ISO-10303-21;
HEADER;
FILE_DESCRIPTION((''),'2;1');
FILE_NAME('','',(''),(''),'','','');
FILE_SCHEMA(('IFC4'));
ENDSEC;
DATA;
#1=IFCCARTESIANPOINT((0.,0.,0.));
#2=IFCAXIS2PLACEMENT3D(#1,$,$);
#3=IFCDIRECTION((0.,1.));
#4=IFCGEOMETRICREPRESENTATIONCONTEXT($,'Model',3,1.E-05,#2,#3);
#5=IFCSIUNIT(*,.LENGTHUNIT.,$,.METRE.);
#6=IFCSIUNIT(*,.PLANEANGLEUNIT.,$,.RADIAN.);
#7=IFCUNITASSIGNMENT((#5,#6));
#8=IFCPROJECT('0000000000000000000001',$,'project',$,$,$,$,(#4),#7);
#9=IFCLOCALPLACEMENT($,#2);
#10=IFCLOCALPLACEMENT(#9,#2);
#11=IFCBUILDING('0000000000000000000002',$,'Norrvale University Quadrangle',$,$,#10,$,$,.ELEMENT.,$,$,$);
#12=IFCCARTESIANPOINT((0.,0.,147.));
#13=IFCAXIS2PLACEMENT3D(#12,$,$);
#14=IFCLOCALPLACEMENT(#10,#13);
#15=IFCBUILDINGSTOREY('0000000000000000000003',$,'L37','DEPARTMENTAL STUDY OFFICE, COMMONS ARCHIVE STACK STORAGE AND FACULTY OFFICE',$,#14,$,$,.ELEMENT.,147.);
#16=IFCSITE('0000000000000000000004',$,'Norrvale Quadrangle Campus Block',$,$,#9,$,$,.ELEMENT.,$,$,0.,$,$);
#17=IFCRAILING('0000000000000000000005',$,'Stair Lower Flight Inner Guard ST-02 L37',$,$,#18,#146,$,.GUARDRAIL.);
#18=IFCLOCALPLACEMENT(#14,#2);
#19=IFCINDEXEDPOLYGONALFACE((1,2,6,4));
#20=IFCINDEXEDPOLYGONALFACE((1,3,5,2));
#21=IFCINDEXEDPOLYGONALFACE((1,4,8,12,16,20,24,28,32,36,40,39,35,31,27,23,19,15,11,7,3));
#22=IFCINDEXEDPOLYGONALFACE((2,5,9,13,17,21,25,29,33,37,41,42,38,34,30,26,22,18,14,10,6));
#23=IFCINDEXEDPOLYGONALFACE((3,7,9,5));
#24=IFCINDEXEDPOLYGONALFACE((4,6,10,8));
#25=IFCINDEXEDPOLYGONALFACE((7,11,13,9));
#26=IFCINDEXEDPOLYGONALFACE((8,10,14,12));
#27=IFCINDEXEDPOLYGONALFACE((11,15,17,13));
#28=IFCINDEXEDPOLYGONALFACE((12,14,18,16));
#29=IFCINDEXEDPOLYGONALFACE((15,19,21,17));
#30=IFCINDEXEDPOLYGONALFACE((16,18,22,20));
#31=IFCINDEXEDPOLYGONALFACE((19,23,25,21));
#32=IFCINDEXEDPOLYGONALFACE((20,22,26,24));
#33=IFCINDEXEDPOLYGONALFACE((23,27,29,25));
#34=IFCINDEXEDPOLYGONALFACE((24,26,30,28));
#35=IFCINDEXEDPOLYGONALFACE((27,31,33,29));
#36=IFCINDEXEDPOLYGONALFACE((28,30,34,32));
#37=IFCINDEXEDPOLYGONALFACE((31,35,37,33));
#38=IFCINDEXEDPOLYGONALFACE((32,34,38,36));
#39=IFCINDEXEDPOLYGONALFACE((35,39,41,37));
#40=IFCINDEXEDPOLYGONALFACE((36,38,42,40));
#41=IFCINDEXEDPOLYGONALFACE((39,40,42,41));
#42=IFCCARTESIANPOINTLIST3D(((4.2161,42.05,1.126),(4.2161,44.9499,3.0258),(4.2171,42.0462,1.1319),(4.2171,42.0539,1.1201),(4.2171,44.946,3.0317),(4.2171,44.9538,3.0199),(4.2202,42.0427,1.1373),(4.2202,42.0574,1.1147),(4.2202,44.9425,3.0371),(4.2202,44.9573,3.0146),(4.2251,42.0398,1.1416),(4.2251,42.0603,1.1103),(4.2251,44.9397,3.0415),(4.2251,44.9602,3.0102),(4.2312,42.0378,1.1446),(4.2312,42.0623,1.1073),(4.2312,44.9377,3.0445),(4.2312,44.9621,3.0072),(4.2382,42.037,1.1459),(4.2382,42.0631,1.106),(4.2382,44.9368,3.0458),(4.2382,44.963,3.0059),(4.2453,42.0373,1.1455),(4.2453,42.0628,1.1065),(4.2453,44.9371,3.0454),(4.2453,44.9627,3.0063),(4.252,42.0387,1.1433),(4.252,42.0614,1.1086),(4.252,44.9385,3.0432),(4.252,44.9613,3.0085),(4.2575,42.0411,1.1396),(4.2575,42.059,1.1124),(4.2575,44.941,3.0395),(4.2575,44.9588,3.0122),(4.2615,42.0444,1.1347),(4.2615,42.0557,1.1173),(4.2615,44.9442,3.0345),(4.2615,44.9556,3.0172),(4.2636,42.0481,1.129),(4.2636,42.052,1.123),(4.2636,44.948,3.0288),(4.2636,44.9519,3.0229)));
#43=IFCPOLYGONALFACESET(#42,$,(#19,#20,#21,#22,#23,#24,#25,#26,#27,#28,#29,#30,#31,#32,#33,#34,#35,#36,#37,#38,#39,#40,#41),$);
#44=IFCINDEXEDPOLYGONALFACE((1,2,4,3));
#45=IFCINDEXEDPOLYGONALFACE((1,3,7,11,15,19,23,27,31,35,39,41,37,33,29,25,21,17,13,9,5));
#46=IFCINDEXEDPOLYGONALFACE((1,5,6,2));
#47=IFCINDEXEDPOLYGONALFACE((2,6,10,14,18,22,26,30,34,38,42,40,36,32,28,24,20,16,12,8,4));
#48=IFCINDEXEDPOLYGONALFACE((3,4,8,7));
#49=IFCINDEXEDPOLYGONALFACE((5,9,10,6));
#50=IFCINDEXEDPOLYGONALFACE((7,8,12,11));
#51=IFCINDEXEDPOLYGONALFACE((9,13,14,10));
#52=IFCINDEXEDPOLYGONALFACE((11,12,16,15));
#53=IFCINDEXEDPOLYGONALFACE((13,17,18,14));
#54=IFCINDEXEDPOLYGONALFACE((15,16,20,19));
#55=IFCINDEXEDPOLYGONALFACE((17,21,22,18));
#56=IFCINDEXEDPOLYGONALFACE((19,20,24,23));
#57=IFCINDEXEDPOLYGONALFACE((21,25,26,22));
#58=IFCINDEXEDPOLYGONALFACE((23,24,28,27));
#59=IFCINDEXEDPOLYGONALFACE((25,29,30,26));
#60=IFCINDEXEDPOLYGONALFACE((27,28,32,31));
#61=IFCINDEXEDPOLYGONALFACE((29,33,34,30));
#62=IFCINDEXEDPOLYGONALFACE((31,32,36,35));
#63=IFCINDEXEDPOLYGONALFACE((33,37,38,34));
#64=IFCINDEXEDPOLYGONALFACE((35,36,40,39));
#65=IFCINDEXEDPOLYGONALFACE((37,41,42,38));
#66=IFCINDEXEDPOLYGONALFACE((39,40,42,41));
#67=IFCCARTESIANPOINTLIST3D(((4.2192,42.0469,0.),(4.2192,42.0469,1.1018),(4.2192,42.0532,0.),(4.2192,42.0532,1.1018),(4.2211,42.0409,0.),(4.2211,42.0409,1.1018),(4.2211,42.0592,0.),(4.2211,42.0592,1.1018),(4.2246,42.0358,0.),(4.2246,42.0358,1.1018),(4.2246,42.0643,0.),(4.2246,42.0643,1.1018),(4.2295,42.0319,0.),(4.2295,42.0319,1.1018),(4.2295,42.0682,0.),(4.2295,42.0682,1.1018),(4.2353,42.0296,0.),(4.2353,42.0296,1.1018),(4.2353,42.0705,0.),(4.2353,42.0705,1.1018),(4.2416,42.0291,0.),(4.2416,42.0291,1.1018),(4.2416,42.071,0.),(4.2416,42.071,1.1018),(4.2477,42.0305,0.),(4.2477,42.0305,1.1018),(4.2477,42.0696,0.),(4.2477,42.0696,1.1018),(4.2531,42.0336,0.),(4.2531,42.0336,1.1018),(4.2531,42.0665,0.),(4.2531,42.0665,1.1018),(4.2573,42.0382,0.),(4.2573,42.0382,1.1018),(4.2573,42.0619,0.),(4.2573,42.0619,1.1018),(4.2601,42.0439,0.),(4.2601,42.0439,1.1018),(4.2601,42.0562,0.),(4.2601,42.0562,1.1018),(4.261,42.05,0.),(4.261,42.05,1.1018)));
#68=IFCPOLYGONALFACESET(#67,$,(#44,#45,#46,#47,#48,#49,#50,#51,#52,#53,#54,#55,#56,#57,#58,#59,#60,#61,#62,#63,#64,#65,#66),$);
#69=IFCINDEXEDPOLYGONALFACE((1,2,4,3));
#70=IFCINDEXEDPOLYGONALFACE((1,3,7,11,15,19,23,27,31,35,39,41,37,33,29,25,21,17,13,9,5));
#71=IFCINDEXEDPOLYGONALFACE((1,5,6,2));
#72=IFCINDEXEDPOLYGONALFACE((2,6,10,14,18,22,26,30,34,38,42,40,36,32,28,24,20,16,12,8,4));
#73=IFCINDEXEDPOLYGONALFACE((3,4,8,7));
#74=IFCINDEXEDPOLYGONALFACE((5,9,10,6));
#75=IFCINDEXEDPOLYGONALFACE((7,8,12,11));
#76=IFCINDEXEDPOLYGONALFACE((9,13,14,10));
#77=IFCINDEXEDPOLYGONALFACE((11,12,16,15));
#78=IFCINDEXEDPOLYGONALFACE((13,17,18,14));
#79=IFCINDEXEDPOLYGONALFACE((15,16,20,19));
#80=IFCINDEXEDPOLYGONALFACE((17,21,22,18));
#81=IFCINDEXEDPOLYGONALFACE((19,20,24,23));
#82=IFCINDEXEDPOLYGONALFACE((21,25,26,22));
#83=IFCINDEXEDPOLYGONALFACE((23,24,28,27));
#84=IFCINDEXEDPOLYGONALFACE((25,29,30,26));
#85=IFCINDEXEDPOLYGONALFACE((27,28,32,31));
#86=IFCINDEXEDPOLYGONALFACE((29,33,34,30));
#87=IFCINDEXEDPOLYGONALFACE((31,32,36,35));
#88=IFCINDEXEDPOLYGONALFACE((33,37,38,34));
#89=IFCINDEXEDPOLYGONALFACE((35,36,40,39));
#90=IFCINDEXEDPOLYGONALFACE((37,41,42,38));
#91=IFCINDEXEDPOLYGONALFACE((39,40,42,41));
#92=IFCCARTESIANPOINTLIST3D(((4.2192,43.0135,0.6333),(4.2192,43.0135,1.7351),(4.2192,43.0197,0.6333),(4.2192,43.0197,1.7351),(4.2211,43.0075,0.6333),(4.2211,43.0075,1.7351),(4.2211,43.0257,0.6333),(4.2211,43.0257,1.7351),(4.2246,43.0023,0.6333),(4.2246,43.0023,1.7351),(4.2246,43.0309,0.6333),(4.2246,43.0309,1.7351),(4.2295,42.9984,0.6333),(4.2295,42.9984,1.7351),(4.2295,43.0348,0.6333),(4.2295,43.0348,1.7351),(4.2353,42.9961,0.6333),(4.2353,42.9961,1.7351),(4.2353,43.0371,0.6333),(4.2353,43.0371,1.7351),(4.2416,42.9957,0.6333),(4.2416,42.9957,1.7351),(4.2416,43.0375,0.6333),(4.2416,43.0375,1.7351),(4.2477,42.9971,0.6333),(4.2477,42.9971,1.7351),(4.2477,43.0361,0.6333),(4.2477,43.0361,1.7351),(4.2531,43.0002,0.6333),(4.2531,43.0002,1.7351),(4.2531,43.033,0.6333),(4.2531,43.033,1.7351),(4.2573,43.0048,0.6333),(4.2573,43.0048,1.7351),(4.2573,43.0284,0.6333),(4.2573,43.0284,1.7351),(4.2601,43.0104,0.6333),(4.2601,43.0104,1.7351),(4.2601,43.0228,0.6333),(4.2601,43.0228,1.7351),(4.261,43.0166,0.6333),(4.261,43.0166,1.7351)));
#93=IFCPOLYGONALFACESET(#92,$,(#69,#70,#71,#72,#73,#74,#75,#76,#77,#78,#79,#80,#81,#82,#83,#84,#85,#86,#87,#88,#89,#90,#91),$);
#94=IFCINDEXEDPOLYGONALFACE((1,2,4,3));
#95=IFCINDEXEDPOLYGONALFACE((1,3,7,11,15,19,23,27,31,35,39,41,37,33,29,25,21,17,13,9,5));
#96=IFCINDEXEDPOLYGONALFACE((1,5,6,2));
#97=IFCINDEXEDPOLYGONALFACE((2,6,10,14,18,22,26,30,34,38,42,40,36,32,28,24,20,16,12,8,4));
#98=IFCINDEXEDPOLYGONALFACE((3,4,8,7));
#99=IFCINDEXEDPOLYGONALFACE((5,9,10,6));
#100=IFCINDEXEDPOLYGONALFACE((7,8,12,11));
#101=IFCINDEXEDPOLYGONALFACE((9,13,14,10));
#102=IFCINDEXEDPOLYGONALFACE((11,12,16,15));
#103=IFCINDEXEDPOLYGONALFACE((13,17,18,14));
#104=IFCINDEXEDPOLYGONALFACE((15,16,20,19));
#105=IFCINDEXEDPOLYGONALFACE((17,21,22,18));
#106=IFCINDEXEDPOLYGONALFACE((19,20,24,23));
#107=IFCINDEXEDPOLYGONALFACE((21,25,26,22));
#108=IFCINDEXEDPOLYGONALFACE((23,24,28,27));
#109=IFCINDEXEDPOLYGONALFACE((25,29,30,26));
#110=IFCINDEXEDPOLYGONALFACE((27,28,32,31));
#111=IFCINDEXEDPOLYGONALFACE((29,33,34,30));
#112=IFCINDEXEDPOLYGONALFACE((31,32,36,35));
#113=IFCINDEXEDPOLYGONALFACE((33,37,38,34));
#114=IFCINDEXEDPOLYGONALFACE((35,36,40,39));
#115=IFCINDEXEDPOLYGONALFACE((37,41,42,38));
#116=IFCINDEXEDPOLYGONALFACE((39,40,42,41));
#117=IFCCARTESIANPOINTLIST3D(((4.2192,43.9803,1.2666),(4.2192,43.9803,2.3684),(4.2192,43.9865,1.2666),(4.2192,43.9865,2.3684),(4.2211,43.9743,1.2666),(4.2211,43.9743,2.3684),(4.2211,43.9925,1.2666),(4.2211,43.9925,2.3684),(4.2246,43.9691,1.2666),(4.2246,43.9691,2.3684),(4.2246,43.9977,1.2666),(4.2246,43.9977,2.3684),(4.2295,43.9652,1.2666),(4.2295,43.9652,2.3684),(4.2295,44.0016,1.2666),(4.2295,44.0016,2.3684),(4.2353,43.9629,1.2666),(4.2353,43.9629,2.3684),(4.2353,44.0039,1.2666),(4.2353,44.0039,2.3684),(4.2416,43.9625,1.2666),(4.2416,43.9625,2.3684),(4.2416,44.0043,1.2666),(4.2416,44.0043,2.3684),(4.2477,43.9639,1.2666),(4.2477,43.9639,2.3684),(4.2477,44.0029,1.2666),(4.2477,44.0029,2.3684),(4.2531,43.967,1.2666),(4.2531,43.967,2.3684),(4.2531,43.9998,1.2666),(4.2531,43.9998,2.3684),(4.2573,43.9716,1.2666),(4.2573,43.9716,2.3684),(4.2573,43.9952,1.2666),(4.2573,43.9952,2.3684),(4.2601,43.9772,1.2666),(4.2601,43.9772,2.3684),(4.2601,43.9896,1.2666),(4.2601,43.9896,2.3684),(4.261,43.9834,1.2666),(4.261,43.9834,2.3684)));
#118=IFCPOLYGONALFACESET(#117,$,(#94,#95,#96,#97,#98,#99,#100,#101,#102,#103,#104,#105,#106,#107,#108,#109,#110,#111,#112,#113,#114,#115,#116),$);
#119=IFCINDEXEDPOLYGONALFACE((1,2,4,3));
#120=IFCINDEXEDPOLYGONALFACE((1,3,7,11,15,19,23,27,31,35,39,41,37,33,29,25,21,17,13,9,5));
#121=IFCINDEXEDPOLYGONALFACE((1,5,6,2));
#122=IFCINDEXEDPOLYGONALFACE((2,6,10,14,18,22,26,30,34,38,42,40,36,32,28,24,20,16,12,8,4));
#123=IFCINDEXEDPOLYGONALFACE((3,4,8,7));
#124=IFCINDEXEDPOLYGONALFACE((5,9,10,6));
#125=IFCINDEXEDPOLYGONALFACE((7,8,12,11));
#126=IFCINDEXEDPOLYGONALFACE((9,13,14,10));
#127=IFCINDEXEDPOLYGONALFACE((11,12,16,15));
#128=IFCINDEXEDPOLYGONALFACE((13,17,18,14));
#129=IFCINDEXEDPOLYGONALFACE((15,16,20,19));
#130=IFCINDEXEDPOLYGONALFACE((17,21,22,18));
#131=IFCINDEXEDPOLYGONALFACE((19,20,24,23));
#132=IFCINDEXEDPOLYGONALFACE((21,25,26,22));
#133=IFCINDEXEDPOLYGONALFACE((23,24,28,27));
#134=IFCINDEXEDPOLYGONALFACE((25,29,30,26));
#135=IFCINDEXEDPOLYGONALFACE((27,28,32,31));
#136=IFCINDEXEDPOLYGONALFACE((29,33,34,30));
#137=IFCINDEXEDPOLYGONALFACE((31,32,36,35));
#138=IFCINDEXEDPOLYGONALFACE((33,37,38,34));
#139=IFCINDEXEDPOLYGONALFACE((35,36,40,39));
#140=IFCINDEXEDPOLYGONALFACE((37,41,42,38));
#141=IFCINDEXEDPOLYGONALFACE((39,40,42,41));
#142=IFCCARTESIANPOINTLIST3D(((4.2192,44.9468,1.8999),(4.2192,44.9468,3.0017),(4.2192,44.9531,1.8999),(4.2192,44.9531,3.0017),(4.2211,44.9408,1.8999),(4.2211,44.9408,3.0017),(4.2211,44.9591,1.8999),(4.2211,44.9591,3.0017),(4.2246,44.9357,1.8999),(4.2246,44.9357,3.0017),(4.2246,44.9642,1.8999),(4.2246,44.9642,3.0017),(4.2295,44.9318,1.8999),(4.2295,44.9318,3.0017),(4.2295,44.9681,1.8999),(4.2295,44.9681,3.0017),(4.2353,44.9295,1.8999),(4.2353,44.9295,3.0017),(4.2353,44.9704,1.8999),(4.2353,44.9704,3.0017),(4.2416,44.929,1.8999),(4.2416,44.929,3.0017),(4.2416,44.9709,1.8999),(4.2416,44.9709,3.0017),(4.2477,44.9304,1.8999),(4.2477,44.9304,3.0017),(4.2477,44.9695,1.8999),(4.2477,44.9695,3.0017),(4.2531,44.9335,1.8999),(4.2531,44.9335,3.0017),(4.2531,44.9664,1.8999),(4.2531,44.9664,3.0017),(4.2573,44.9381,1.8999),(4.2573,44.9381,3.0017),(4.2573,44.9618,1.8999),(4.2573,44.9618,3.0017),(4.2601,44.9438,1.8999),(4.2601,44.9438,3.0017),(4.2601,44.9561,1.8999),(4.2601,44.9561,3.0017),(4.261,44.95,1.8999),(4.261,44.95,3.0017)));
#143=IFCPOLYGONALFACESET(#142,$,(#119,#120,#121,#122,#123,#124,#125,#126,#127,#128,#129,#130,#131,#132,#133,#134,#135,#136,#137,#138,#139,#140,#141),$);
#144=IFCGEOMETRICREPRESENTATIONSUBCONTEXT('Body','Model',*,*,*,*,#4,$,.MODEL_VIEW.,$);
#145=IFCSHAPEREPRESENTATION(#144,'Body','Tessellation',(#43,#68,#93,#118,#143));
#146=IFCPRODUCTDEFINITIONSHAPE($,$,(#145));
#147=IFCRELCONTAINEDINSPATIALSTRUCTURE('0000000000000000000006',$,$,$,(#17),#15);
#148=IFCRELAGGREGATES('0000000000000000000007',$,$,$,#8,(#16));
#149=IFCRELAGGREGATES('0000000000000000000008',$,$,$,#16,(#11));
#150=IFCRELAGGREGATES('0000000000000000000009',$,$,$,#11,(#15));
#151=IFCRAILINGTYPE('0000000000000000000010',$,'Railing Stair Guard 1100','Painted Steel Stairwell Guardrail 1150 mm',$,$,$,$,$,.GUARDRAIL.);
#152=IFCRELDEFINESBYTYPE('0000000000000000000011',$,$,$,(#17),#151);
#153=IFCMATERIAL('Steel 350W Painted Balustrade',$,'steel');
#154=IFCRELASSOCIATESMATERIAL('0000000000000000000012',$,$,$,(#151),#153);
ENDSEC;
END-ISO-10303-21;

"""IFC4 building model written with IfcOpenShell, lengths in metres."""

from ifc_helpers import new_model, si_unit, direction, frame, origin, origin_2d, place, context, subcontext, project, spatial, circle, extrude, material, type_object, element, save


model = new_model("IFC4")

# Units and contexts
model_context = context("Model", 3, precision=1e-05, world=origin(), true_north=direction((0.0, 1.0)))
body_context = subcontext(model_context, "Body", "Model", "MODEL_VIEW")
ifc_project = project(units=[si_unit("LENGTHUNIT", "METRE"), si_unit("PLANEANGLEUNIT", "RADIAN")], contexts=[model_context])

# Site, building, storey
site_placement = place(None, origin())
site = spatial("IfcSite", under=ifc_project, at=site_placement, Name="Norrvale Quadrangle Campus Block", CompositionType="ELEMENT", RefElevation=0.0)
building_placement = place(site_placement, origin())
building = spatial("IfcBuilding", under=site, at=building_placement, Name="Norrvale University Quadrangle", CompositionType="ELEMENT")
storey_placement = place(building_placement, frame((0.0, 0.0, 147.0)))
storey = spatial("IfcBuildingStorey", under=building, at=storey_placement, Name="L37", Description="DEPARTMENTAL STUDY OFFICE, COMMONS ARCHIVE STACK STORAGE AND FACULTY OFFICE", CompositionType="ELEMENT", Elevation=147.0)

# Railing
ifc_material_1 = material(Name="Steel 350W Painted Balustrade", Category="steel")
railing_type_1 = type_object("IfcRailingType", Name="Railing Stair Guard 1100", Description="Painted Steel Stairwell Guardrail 1150 mm", PredefinedType="GUARDRAIL", material=ifc_material_1)
railing_1_placement = place(storey_placement, frame((4.24, 42.05, 0.0)))
element("IfcRailing", 1, at=railing_1_placement, inside=storey, type_object=railing_type_1, Name="Stair Lower Flight Inner Guard ST-02 L37", PredefinedType="GUARDRAIL", context=body_context, shape_type="SweptSolid", body=[
    extrude(circle(Radius=0.0239, at=origin_2d()), frame((0.0, 0.0, 1.126), z_axis=(0.0, 0.836466, 0.548019), x_axis=(-1.0, 0.0, 0.0)), (0.0, 0.0, 1.0), 3.4668),
    extrude(circle(Radius=0.021, at=origin_2d()), origin(), (0.0, 0.0, 1.0), 1.1018),
    extrude(circle(Radius=0.021, at=origin_2d()), frame((0.0, 0.9666, 0.6333)), (0.0, 0.0, 1.0), 1.1018),
    extrude(circle(Radius=0.021, at=origin_2d()), frame((0.0, 1.9333, 1.2666)), (0.0, 0.0, 1.0), 1.1018),
    extrude(circle(Radius=0.021, at=origin_2d()), frame((0.0, 2.8999, 1.8999)), (0.0, 0.0, 1.0), 1.1018),
])

save(model, "model.ifc")
